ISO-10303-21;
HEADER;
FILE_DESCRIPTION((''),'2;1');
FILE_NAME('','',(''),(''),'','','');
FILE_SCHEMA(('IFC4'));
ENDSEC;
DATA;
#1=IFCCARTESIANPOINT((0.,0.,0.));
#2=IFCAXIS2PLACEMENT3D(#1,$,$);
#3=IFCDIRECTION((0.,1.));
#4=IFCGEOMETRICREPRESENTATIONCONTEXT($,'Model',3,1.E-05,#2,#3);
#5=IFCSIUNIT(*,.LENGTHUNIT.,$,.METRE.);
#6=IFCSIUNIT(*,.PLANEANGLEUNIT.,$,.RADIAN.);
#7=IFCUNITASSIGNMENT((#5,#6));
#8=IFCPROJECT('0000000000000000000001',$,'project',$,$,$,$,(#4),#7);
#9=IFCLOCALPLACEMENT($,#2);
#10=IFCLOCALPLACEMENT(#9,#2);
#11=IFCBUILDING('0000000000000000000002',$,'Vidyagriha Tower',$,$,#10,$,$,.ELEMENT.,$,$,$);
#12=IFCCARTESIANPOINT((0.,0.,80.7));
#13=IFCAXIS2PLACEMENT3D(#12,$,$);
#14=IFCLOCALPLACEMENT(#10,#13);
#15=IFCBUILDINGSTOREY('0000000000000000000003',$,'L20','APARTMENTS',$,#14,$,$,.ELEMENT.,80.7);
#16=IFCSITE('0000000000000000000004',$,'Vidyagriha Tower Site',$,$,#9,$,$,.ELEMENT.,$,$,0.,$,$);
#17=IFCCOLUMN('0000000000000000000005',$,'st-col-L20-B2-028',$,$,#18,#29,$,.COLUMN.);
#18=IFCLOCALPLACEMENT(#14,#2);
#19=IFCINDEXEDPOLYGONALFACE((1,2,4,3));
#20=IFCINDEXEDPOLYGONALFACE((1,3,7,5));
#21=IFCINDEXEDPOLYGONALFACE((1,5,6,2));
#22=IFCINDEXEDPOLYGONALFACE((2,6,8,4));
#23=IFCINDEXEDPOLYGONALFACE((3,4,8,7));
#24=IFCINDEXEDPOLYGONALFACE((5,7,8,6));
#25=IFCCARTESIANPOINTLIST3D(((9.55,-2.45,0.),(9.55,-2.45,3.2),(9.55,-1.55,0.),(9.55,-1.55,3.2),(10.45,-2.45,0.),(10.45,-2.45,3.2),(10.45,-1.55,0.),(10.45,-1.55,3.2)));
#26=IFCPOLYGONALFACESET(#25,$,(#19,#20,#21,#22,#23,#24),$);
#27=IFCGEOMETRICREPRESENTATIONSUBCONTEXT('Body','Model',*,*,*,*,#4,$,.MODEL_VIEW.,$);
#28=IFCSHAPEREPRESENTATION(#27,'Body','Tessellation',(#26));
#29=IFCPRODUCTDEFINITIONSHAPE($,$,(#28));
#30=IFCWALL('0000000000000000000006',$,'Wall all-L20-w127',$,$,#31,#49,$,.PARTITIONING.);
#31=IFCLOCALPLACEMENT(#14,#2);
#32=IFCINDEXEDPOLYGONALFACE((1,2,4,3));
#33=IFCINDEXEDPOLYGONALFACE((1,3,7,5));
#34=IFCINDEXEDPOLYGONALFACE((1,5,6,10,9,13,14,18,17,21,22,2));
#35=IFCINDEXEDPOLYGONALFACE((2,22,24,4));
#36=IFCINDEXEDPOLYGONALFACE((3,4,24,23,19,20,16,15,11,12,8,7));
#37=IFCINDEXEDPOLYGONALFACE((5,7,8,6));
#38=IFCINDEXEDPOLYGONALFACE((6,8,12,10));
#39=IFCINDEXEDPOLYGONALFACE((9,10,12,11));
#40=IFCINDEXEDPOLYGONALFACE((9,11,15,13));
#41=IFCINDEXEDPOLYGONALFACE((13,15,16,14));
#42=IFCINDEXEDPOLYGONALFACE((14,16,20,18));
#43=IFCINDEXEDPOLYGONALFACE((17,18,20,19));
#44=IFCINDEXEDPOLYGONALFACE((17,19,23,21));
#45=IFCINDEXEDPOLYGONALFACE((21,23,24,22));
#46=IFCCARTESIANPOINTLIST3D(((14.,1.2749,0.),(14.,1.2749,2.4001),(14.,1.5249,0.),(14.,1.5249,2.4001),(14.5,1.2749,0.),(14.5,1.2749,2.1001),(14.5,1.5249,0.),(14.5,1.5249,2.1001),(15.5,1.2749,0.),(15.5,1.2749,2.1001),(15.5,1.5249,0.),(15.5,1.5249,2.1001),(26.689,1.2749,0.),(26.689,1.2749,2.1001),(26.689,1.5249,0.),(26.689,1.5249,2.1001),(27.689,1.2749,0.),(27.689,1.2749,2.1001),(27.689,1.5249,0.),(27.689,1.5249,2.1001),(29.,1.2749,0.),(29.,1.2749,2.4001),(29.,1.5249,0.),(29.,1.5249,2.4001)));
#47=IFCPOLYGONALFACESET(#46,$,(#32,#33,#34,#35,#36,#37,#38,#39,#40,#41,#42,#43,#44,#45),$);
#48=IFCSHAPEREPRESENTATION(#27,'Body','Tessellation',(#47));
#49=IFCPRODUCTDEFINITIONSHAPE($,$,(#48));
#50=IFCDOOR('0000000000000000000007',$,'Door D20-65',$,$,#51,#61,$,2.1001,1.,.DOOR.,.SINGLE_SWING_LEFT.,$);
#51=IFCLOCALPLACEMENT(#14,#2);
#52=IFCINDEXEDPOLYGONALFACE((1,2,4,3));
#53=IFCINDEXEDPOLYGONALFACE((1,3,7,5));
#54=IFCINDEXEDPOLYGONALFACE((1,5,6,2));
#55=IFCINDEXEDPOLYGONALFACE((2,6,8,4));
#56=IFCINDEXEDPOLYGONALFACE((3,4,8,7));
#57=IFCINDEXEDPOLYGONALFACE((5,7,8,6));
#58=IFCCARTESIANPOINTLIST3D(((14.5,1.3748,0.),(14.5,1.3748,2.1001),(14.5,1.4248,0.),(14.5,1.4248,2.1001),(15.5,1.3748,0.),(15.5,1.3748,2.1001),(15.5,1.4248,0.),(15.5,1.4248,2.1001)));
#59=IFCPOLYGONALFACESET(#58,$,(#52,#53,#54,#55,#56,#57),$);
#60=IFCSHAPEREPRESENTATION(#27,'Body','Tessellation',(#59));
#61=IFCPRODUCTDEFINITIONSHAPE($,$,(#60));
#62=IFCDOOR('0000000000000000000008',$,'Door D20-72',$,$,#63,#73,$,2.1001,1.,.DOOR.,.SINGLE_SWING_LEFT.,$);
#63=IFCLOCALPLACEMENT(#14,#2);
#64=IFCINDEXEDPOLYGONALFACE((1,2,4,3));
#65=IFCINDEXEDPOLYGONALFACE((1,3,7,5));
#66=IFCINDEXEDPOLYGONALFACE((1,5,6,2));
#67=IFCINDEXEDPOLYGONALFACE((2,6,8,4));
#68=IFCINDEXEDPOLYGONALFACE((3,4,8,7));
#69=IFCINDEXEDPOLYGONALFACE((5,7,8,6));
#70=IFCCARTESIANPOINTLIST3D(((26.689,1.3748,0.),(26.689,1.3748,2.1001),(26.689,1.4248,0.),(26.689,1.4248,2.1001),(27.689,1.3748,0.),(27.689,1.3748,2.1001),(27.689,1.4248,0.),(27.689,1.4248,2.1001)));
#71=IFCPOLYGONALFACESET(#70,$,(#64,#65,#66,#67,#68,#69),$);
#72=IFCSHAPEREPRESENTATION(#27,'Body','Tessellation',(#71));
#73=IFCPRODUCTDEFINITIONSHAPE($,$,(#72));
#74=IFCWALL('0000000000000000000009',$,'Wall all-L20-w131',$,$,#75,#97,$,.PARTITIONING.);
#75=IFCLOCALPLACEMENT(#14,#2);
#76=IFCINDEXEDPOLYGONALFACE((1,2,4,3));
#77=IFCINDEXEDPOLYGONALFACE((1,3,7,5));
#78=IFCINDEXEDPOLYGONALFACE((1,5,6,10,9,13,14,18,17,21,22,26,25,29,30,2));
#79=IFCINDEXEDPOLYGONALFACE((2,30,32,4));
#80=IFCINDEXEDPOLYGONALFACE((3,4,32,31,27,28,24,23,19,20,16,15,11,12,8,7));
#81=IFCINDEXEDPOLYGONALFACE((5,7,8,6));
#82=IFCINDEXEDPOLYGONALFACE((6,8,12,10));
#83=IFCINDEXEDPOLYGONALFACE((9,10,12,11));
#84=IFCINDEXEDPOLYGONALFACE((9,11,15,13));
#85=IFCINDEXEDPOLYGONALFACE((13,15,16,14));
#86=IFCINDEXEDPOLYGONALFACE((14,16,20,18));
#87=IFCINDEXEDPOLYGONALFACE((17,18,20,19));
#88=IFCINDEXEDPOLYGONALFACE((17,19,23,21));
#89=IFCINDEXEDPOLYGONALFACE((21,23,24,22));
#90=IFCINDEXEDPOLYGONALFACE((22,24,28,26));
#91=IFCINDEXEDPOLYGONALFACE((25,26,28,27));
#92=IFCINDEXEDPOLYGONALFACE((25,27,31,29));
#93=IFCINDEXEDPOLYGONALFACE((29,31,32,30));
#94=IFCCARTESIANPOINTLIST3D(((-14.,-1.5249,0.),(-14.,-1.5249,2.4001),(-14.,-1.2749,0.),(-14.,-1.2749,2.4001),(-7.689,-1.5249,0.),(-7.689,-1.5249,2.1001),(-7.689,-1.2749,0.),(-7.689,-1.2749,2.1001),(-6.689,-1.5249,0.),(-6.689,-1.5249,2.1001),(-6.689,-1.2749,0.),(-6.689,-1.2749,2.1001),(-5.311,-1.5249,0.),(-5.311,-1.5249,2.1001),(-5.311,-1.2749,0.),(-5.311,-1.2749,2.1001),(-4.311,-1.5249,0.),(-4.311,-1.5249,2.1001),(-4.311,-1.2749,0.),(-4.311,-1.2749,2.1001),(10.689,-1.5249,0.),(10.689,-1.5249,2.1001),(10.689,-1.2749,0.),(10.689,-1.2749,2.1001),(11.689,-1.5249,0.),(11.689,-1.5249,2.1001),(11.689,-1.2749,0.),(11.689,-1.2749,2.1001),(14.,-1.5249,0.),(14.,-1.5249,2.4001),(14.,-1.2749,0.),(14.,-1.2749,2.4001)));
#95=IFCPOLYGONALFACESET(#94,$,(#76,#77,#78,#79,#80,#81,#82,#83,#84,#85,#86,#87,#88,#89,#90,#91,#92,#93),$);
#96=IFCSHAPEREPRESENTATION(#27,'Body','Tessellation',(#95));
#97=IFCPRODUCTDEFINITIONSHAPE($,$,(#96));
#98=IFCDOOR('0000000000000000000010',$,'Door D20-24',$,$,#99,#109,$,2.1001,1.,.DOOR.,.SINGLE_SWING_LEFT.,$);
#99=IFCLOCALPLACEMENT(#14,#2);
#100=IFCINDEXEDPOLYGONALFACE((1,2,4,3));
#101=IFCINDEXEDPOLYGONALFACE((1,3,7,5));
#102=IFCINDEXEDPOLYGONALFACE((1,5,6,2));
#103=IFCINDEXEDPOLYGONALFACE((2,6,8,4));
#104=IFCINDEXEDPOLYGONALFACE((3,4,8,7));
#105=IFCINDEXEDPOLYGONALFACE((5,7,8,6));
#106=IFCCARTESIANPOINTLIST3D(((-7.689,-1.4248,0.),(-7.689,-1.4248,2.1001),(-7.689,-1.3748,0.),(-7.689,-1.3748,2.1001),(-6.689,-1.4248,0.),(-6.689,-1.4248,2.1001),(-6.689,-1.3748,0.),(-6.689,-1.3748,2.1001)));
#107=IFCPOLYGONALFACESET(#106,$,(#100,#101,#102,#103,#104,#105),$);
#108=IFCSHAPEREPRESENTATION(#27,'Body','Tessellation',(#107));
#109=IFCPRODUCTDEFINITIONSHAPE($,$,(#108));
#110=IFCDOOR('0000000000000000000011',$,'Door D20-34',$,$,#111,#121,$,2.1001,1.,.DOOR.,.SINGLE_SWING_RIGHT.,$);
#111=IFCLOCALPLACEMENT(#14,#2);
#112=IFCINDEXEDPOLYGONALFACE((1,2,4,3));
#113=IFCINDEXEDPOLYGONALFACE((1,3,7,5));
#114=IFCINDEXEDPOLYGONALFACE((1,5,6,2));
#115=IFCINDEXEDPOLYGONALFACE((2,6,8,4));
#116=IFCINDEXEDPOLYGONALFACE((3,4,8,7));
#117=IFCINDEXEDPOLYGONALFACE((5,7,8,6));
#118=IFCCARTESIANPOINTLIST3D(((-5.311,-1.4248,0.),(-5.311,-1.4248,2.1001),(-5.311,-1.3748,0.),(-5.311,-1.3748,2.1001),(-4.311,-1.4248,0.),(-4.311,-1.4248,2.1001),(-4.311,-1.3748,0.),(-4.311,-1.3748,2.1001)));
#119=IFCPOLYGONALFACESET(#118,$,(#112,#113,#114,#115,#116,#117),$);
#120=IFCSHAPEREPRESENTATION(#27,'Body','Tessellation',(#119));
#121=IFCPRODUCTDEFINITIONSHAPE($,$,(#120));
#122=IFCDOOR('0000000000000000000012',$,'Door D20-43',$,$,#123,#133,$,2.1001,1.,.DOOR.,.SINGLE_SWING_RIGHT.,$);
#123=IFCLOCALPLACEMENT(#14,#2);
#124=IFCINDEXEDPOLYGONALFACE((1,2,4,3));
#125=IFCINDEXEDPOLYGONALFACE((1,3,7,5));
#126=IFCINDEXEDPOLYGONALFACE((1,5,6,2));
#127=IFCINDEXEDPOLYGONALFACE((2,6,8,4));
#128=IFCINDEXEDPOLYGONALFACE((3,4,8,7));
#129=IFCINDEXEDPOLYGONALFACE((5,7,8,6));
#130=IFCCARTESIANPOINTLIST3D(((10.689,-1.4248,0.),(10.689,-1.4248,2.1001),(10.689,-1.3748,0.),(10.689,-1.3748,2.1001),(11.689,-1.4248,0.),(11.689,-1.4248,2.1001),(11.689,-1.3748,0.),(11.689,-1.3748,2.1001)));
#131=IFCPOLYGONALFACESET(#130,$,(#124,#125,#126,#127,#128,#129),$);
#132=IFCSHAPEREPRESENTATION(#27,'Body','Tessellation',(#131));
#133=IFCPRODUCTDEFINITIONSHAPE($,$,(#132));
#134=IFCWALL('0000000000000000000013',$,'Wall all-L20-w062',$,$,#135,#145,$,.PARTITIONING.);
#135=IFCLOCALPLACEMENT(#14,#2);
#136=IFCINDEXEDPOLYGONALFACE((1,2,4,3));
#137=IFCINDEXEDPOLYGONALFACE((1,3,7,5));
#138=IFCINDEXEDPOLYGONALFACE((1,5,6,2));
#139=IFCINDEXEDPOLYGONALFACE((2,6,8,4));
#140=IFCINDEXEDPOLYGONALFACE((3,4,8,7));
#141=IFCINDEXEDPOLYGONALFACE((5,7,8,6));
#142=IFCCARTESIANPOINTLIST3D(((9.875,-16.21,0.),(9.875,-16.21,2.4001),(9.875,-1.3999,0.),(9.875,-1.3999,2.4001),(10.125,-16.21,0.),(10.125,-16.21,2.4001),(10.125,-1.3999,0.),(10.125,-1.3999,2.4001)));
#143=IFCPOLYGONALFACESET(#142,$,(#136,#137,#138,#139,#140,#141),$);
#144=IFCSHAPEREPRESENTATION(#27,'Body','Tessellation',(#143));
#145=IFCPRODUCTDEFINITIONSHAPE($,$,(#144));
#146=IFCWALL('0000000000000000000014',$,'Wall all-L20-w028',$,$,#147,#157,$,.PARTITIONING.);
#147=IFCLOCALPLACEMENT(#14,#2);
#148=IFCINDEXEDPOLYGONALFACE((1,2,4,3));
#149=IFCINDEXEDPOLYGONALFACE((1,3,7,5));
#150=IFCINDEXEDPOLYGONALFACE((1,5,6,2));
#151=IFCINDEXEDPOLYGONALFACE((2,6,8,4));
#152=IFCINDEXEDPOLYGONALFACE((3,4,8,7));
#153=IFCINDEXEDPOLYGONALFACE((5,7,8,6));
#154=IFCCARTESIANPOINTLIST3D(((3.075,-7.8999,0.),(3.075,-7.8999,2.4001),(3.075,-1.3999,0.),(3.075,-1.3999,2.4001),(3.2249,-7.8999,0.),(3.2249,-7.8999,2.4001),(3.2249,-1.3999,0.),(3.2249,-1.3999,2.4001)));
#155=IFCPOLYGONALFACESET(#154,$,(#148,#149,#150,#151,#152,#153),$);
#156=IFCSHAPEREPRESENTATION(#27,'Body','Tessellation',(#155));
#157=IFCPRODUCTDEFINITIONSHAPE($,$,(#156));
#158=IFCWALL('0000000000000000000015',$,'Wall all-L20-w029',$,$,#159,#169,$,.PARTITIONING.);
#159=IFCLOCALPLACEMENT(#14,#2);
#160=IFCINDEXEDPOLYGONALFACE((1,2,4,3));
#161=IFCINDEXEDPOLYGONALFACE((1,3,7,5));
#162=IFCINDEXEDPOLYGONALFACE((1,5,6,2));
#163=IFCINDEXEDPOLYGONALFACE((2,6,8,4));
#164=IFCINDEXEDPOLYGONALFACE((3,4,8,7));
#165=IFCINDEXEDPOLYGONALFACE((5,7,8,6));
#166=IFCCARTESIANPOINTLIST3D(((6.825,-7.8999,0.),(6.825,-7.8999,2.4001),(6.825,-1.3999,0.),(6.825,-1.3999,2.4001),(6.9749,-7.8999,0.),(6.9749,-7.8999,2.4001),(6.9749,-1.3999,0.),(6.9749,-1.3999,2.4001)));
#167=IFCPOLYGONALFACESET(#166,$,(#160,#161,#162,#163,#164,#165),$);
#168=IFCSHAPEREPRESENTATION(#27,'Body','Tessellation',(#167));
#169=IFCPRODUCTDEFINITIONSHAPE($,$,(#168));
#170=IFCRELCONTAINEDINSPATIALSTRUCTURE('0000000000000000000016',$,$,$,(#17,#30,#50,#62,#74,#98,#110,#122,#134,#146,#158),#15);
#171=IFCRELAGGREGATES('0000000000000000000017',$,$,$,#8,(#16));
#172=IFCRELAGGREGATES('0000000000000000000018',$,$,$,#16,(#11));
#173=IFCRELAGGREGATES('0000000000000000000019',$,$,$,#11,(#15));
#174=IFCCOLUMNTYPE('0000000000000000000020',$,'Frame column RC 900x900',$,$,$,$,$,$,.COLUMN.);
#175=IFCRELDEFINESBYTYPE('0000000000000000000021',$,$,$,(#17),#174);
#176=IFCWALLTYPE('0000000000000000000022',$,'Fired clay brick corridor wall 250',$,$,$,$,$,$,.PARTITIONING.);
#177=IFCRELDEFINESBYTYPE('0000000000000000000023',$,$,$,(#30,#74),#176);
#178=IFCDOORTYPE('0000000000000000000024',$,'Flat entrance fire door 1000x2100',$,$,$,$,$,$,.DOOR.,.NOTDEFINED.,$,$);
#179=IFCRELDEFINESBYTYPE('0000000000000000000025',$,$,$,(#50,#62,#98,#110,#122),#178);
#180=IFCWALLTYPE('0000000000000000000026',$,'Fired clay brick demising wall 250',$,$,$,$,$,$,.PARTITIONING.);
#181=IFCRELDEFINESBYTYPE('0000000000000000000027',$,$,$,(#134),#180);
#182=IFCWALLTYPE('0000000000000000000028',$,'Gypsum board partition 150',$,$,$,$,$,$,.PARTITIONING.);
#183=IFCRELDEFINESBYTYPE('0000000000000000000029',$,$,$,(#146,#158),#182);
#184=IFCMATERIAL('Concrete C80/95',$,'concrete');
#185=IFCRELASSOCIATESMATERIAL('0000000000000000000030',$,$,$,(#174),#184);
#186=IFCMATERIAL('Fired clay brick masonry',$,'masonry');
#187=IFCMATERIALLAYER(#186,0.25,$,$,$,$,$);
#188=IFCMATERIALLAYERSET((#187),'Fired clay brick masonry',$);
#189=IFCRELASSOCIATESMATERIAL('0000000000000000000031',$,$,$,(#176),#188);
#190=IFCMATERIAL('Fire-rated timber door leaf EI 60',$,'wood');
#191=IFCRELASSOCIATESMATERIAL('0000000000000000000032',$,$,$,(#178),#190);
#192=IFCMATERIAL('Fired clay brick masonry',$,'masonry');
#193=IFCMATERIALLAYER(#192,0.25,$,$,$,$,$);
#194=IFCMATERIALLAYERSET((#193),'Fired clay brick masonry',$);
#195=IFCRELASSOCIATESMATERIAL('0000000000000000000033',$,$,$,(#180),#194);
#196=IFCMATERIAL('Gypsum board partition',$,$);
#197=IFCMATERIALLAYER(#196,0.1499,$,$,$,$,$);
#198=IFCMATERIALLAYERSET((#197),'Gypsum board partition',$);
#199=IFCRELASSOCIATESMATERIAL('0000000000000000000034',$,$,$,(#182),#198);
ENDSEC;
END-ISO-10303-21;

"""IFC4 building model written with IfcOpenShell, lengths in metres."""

from ifc_helpers import new_model, si_unit, direction, frame, frame_2d, origin, origin_2d, place, context, subcontext, project, spatial, rectangle, extrude, material, layer, layer_set, material_profile, profile_set, type_object, element, fill, save


model = new_model("IFC4")

# Units and contexts
model_context = context("Model", 3, precision=1e-05, world=origin(), true_north=direction((0.0, 1.0)))
body_context = subcontext(model_context, "Body", "Model", "MODEL_VIEW")
ifc_project = project(units=[si_unit("LENGTHUNIT", "METRE"), si_unit("PLANEANGLEUNIT", "RADIAN")], contexts=[model_context])

# Site, building, storey
site_placement = place(None, origin())
site = spatial("IfcSite", under=ifc_project, at=site_placement, Name="Vidyagriha Tower Site", CompositionType="ELEMENT", RefElevation=0.0)
building_placement = place(site_placement, origin())
building = spatial("IfcBuilding", under=site, at=building_placement, Name="Vidyagriha Tower", CompositionType="ELEMENT")
storey_placement = place(building_placement, frame((0.0, 0.0, 80.7)))
storey = spatial("IfcBuildingStorey", under=building, at=storey_placement, Name="L20", Description="APARTMENTS", CompositionType="ELEMENT", Elevation=80.7)

# Column
ifc_material_1 = material(Name="Concrete C80/95", Category="concrete")
ifc_material_profile = material_profile(ifc_material_1, rectangle(XDim=0.8999, YDim=0.8999, at=origin_2d()), Name="RC 900x900")
ifc_profile_set = profile_set([ifc_material_profile], Name="Concrete C80/95")
column_type = type_object("IfcColumnType", Name="Frame column RC 900x900", PredefinedType="COLUMN", material=ifc_profile_set)
column_placement = place(storey_placement, frame((10.0, -2.0, 0.0)))
element("IfcColumn", 1, at=column_placement, inside=storey, type_object=column_type, Name="st-col-L20-B2-028", PredefinedType="COLUMN", context=body_context, shape_type="SweptSolid", body=[
    extrude(rectangle(XDim=0.8999, YDim=0.8999, at=origin_2d()), origin(), (0.0, 0.0, 1.0), 3.2),
])

# Walls, openings, doors
ifc_material_2 = material(Name="Fired clay brick masonry", Category="masonry")
ifc_layer_1 = layer(ifc_material_2, 0.25)
ifc_layer_set_1 = layer_set([ifc_layer_1], Name="Fired clay brick masonry")
wall_type_1 = type_object("IfcWallType", Name="Fired clay brick corridor wall 250", PredefinedType="PARTITIONING", material=ifc_layer_set_1)
wall_1_placement = place(storey_placement, frame((14.0, 1.3999, 0.0)))
wall_1 = element("IfcWall", 2, at=wall_1_placement, inside=storey, type_object=wall_type_1, Name="Wall all-L20-w127", PredefinedType="PARTITIONING", context=body_context, shape_type="SweptSolid", body=[
    extrude(rectangle(XDim=15.0, YDim=0.25, at=frame_2d((7.5, 0.0))), origin(), (0.0, 0.0, 1.0), 2.4001),
])
opening_1_placement = place(wall_1_placement, frame((0.5, 0.0, 0.0)))
opening_1 = element("IfcOpeningElement", 3, at=opening_1_placement, cuts=wall_1, PredefinedType="OPENING", context=body_context, shape_type="SweptSolid", body=[
    extrude(rectangle(XDim=1.0, YDim=2.1001, at=frame_2d((0.5, 1.05))), frame((0.0, 0.135, 0.0), z_axis=(0.0, -1.0, 0.0), x_axis=(1.0, 0.0, 0.0)), (0.0, 0.0, 1.0), 0.27),
])
opening_2_placement = place(wall_1_placement, frame((12.689, 0.0, 0.0)))
opening_2 = element("IfcOpeningElement", 4, at=opening_2_placement, cuts=wall_1, PredefinedType="OPENING", context=body_context, shape_type="SweptSolid", body=[
    extrude(rectangle(XDim=1.0, YDim=2.1001, at=frame_2d((0.5, 1.05))), frame((0.0, 0.135, 0.0), z_axis=(0.0, -1.0, 0.0), x_axis=(1.0, 0.0, 0.0)), (0.0, 0.0, 1.0), 0.27),
])
ifc_material_3 = material(Name="Fire-rated timber door leaf EI 60", Category="wood")
door_type_1 = type_object("IfcDoorType", Name="Flat entrance fire door 1000x2100", OperationType="NOTDEFINED", PredefinedType="DOOR", material=ifc_material_3)
door_1_placement = place(opening_1_placement, origin())
door_1 = element("IfcDoor", 5, at=door_1_placement, inside=storey, type_object=door_type_1, Name="Door D20-65", OperationType="SINGLE_SWING_LEFT", OverallHeight=2.1001, OverallWidth=1.0, PredefinedType="DOOR", context=body_context, shape_type="SweptSolid", body=[
    extrude(rectangle(XDim=1.0, YDim=2.1001, at=frame_2d((0.5, 1.05))), frame((0.0, 0.0249, 0.0), z_axis=(0.0, -1.0, 0.0), x_axis=(1.0, 0.0, 0.0)), (0.0, 0.0, 1.0), 0.05),
])
fill(opening_1, door_1)
door_2_placement = place(opening_2_placement, origin())
door_2 = element("IfcDoor", 6, at=door_2_placement, inside=storey, type_object=door_type_1, Name="Door D20-72", OperationType="SINGLE_SWING_LEFT", OverallHeight=2.1001, OverallWidth=1.0, PredefinedType="DOOR", context=body_context, shape_type="SweptSolid", body=[
    extrude(rectangle(XDim=1.0, YDim=2.1001, at=frame_2d((0.5, 1.05))), frame((0.0, 0.0249, 0.0), z_axis=(0.0, -1.0, 0.0), x_axis=(1.0, 0.0, 0.0)), (0.0, 0.0, 1.0), 0.05),
])
fill(opening_2, door_2)
wall_2_placement = place(storey_placement, frame((14.0, -1.3999, 0.0), z_axis=(0.0, 0.0, 1.0), x_axis=(-1.0, 0.0, 0.0)))
wall_2 = element("IfcWall", 7, at=wall_2_placement, inside=storey, type_object=wall_type_1, Name="Wall all-L20-w131", PredefinedType="PARTITIONING", context=body_context, shape_type="SweptSolid", body=[
    extrude(rectangle(XDim=28.0, YDim=0.25, at=frame_2d((14.0, 0.0))), origin(), (0.0, 0.0, 1.0), 2.4001),
])
opening_3_placement = place(wall_2_placement, frame((20.689, 0.0, 0.0)))
opening_3 = element("IfcOpeningElement", 8, at=opening_3_placement, cuts=wall_2, PredefinedType="OPENING", context=body_context, shape_type="SweptSolid", body=[
    extrude(rectangle(XDim=1.0, YDim=2.1001, at=frame_2d((0.5, 1.05))), frame((0.0, 0.135, 0.0), z_axis=(0.0, -1.0, 0.0), x_axis=(1.0, 0.0, 0.0)), (0.0, 0.0, 1.0), 0.27),
])
opening_4_placement = place(wall_2_placement, frame((18.311, 0.0, 0.0)))
opening_4 = element("IfcOpeningElement", 9, at=opening_4_placement, cuts=wall_2, PredefinedType="OPENING", context=body_context, shape_type="SweptSolid", body=[
    extrude(rectangle(XDim=1.0, YDim=2.1001, at=frame_2d((0.5, 1.05))), frame((0.0, 0.135, 0.0), z_axis=(0.0, -1.0, 0.0), x_axis=(1.0, 0.0, 0.0)), (0.0, 0.0, 1.0), 0.27),
])
opening_5_placement = place(wall_2_placement, frame((2.311, 0.0, 0.0)))
opening_5 = element("IfcOpeningElement", 10, at=opening_5_placement, cuts=wall_2, PredefinedType="OPENING", context=body_context, shape_type="SweptSolid", body=[
    extrude(rectangle(XDim=1.0, YDim=2.1001, at=frame_2d((0.5, 1.05))), frame((0.0, 0.135, 0.0), z_axis=(0.0, -1.0, 0.0), x_axis=(1.0, 0.0, 0.0)), (0.0, 0.0, 1.0), 0.27),
])
door_3_placement = place(opening_3_placement, origin())
door_3 = element("IfcDoor", 11, at=door_3_placement, inside=storey, type_object=door_type_1, Name="Door D20-24", OperationType="SINGLE_SWING_LEFT", OverallHeight=2.1001, OverallWidth=1.0, PredefinedType="DOOR", context=body_context, shape_type="SweptSolid", body=[
    extrude(rectangle(XDim=1.0, YDim=2.1001, at=frame_2d((0.5, 1.05))), frame((0.0, 0.0249, 0.0), z_axis=(0.0, -1.0, 0.0), x_axis=(1.0, 0.0, 0.0)), (0.0, 0.0, 1.0), 0.05),
])
fill(opening_3, door_3)
door_4_placement = place(opening_4_placement, origin())
door_4 = element("IfcDoor", 12, at=door_4_placement, inside=storey, type_object=door_type_1, Name="Door D20-34", OperationType="SINGLE_SWING_RIGHT", OverallHeight=2.1001, OverallWidth=1.0, PredefinedType="DOOR", context=body_context, shape_type="SweptSolid", body=[
    extrude(rectangle(XDim=1.0, YDim=2.1001, at=frame_2d((0.5, 1.05))), frame((0.0, 0.0249, 0.0), z_axis=(0.0, -1.0, 0.0), x_axis=(1.0, 0.0, 0.0)), (0.0, 0.0, 1.0), 0.05),
])
fill(opening_4, door_4)
door_5_placement = place(opening_5_placement, origin())
door_5 = element("IfcDoor", 13, at=door_5_placement, inside=storey, type_object=door_type_1, Name="Door D20-43", OperationType="SINGLE_SWING_RIGHT", OverallHeight=2.1001, OverallWidth=1.0, PredefinedType="DOOR", context=body_context, shape_type="SweptSolid", body=[
    extrude(rectangle(XDim=1.0, YDim=2.1001, at=frame_2d((0.5, 1.05))), frame((0.0, 0.0249, 0.0), z_axis=(0.0, -1.0, 0.0), x_axis=(1.0, 0.0, 0.0)), (0.0, 0.0, 1.0), 0.05),
])
fill(opening_5, door_5)

# Walls
ifc_material_4 = material(Name="Fired clay brick masonry", Category="masonry")
ifc_layer_2 = layer(ifc_material_4, 0.25)
ifc_layer_set_2 = layer_set([ifc_layer_2], Name="Fired clay brick masonry")
wall_type_2 = type_object("IfcWallType", Name="Fired clay brick demising wall 250", PredefinedType="PARTITIONING", material=ifc_layer_set_2)
wall_3_placement = place(storey_placement, frame((10.0, -1.3999, 0.0), z_axis=(0.0, 0.0, 1.0), x_axis=(0.0, -1.0, 0.0)))
element("IfcWall", 14, at=wall_3_placement, inside=storey, type_object=wall_type_2, Name="Wall all-L20-w062", PredefinedType="PARTITIONING", context=body_context, shape_type="SweptSolid", body=[
    extrude(rectangle(XDim=14.8101, YDim=0.25, at=frame_2d((7.405, 0.0))), origin(), (0.0, 0.0, 1.0), 2.4001),
])
ifc_material_5 = material(Name="Gypsum board partition")
ifc_layer_3 = layer(ifc_material_5, 0.1499)
ifc_layer_set_3 = layer_set([ifc_layer_3], Name="Gypsum board partition")
wall_type_3 = type_object("IfcWallType", Name="Gypsum board partition 150", PredefinedType="PARTITIONING", material=ifc_layer_set_3)
for number, where, z_axis, x_axis, name in (
    (15, (3.1499, -1.3999, 0.0), (0.0, 0.0, 1.0), (0.0, -1.0, 0.0), "Wall all-L20-w028"),
    (16, (6.8999, -1.3999, 0.0), (0.0, 0.0, 1.0), (0.0, -1.0, 0.0), "Wall all-L20-w029"),
):
    element("IfcWall", number, at=place(storey_placement, frame(where, z_axis=z_axis, x_axis=x_axis)), inside=storey, type_object=wall_type_3, Name=name, PredefinedType="PARTITIONING", context=body_context, shape_type="SweptSolid", body=[
        extrude(rectangle(XDim=6.5, YDim=0.1499, at=frame_2d((3.25, 0.0))), origin(), (0.0, 0.0, 1.0), 2.4001),
    ])

save(model, "model.ifc")
